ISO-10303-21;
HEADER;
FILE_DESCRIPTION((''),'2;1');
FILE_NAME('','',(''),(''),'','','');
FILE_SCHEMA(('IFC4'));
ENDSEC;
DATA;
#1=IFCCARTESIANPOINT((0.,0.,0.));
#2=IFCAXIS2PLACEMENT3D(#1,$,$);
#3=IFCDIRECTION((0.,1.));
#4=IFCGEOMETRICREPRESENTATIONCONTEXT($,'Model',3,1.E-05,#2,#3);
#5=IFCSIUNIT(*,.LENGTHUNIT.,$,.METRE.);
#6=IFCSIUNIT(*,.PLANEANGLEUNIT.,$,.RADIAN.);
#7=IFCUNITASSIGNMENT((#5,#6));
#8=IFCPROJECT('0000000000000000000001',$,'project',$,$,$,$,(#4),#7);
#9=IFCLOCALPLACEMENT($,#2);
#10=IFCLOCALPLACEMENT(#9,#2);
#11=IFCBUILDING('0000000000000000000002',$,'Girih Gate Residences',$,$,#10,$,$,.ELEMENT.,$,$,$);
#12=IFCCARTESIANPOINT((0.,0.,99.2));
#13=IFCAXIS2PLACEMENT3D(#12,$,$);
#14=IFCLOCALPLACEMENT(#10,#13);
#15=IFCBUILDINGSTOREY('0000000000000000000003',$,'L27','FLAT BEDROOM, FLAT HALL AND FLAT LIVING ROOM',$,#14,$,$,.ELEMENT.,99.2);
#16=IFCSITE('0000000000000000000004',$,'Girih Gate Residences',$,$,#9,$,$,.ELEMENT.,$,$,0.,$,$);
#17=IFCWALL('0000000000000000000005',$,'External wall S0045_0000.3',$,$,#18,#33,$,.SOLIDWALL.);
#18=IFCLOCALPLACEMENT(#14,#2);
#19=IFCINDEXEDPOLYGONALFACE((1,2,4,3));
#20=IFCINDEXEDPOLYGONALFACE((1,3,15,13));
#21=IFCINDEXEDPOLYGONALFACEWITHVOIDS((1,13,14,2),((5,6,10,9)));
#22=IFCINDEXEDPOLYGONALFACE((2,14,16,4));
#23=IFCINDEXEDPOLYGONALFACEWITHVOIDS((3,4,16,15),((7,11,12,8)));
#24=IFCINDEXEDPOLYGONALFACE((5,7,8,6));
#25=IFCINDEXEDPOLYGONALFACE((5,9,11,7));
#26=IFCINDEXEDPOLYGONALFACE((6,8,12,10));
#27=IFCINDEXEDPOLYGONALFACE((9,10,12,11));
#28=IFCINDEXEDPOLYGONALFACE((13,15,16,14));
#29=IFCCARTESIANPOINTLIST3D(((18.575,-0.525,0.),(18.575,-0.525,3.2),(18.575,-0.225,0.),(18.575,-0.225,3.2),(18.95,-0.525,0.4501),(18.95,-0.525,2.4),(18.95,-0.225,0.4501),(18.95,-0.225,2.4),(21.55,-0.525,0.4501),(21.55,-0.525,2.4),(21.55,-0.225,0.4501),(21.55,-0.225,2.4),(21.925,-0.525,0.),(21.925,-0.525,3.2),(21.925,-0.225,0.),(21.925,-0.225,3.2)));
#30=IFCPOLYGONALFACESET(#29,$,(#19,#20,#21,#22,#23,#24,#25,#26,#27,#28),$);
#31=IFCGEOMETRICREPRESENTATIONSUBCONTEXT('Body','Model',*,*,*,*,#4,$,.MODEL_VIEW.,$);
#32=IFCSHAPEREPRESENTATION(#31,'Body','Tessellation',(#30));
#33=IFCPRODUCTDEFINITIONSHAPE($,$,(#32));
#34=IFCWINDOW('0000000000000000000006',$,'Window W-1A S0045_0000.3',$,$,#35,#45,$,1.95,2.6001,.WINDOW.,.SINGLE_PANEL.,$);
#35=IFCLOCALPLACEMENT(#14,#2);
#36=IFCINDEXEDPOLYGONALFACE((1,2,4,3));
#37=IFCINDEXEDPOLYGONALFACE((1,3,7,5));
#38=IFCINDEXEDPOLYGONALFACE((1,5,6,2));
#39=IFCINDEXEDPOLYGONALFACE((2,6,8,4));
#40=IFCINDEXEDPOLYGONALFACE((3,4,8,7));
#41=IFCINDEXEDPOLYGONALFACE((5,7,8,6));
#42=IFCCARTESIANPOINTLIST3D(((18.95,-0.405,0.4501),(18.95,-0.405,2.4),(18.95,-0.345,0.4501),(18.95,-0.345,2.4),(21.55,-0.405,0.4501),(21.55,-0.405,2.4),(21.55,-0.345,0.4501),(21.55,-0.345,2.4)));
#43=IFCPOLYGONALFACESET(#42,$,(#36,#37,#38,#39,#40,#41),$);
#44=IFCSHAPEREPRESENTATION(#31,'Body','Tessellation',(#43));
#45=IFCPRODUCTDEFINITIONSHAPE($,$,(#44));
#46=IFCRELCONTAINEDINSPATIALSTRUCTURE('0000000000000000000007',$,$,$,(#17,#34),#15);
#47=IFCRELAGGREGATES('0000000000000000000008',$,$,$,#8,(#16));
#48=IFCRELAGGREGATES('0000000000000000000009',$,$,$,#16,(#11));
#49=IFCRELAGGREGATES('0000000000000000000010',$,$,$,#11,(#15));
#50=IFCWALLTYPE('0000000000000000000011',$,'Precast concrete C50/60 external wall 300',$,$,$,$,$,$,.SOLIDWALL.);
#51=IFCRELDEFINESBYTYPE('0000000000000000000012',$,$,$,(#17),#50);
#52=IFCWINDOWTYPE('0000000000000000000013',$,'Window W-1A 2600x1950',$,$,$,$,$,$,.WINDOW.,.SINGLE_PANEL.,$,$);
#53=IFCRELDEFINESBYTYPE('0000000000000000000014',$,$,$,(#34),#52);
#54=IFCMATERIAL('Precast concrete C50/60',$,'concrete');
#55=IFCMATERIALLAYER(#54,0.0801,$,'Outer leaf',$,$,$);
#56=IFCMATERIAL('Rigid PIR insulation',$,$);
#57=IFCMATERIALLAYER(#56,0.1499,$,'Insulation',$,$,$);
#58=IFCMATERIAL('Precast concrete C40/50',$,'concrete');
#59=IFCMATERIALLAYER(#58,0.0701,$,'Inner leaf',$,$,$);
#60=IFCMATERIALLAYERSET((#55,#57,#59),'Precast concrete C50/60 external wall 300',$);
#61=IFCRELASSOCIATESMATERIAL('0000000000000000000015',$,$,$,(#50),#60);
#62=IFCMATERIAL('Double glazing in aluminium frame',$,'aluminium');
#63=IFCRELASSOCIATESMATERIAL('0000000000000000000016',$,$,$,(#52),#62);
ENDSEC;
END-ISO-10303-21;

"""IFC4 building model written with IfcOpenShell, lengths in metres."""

from ifc_helpers import new_model, si_unit, direction, frame, frame_2d, origin, place, context, subcontext, project, spatial, rectangle, extrude, material, layer, layer_set, type_object, element, fill, save


model = new_model("IFC4")

# Units and contexts
model_context = context("Model", 3, precision=1e-05, world=origin(), true_north=direction((0.0, 1.0)))
body_context = subcontext(model_context, "Body", "Model", "MODEL_VIEW")
ifc_project = project(units=[si_unit("LENGTHUNIT", "METRE"), si_unit("PLANEANGLEUNIT", "RADIAN")], contexts=[model_context])

# Site, building, storey
site_placement = place(None, origin())
site = spatial("IfcSite", under=ifc_project, at=site_placement, Name="Girih Gate Residences", CompositionType="ELEMENT", RefElevation=0.0)
building_placement = place(site_placement, origin())
building = spatial("IfcBuilding", under=site, at=building_placement, Name="Girih Gate Residences", CompositionType="ELEMENT")
storey_placement = place(building_placement, frame((0.0, 0.0, 99.2)))
storey = spatial("IfcBuildingStorey", under=building, at=storey_placement, Name="L27", Description="FLAT BEDROOM, FLAT HALL AND FLAT LIVING ROOM", CompositionType="ELEMENT", Elevation=99.2)

# Wall, opening, window
ifc_material_1 = material(Name="Precast concrete C50/60", Category="concrete")
ifc_layer_1 = layer(ifc_material_1, 0.0801, Name="Outer leaf")
ifc_material_2 = material(Name="Rigid PIR insulation")
ifc_layer_2 = layer(ifc_material_2, 0.1499, Name="Insulation")
ifc_material_3 = material(Name="Precast concrete C40/50", Category="concrete")
ifc_layer_3 = layer(ifc_material_3, 0.0701, Name="Inner leaf")
ifc_layer_set_1 = layer_set([ifc_layer_1, ifc_layer_2, ifc_layer_3], Name="Precast concrete C50/60 external wall 300")
wall_type_1 = type_object("IfcWallType", Name="Precast concrete C50/60 external wall 300", PredefinedType="SOLIDWALL", material=ifc_layer_set_1)
ifc_material_4 = material(Name="Double glazing in aluminium frame", Category="aluminium")
window_type = type_object("IfcWindowType", Name="Window W-1A 2600x1950", PartitioningType="SINGLE_PANEL", PredefinedType="WINDOW", material=ifc_material_4)
wall_1_placement = place(storey_placement, frame((21.925, -0.375, 0.0), z_axis=(0.0, 0.0, 1.0), x_axis=(-1.0, 0.0, 0.0)))
wall_1 = element("IfcWall", 1, at=wall_1_placement, inside=storey, type_object=wall_type_1, Name="External wall S0045_0000.3", PredefinedType="SOLIDWALL", context=body_context, shape_type="SweptSolid", body=[
    extrude(rectangle(XDim=3.3501, YDim=0.3, at=frame_2d((1.675, 0.0))), origin(), (0.0, 0.0, 1.0), 3.2),
])
opening_1_placement = place(wall_1_placement, frame((0.375, 0.0, 0.45)))
opening_1 = element("IfcOpeningElement", 2, at=opening_1_placement, cuts=wall_1, PredefinedType="OPENING", context=body_context, shape_type="SweptSolid", body=[
    extrude(rectangle(XDim=2.6001, YDim=1.95, at=frame_2d((1.3, 0.9751))), frame((0.0, 0.1599, 0.0), z_axis=(0.0, -1.0, 0.0), x_axis=(1.0, 0.0, 0.0)), (0.0, 0.0, 1.0), 0.3201),
])
window_1_placement = place(opening_1_placement, origin())
window_1 = element("IfcWindow", 3, at=window_1_placement, inside=storey, type_object=window_type, Name="Window W-1A S0045_0000.3", OverallHeight=1.95, OverallWidth=2.6001, PartitioningType="SINGLE_PANEL", PredefinedType="WINDOW", context=body_context, shape_type="SweptSolid", body=[
    extrude(rectangle(XDim=2.6001, YDim=1.95, at=frame_2d((1.3, 0.9751))), frame((0.0, 0.03, 0.0), z_axis=(0.0, -1.0, 0.0), x_axis=(1.0, 0.0, 0.0)), (0.0, 0.0, 1.0), 0.0601),
])
fill(opening_1, window_1)

save(model, "model.ifc")
